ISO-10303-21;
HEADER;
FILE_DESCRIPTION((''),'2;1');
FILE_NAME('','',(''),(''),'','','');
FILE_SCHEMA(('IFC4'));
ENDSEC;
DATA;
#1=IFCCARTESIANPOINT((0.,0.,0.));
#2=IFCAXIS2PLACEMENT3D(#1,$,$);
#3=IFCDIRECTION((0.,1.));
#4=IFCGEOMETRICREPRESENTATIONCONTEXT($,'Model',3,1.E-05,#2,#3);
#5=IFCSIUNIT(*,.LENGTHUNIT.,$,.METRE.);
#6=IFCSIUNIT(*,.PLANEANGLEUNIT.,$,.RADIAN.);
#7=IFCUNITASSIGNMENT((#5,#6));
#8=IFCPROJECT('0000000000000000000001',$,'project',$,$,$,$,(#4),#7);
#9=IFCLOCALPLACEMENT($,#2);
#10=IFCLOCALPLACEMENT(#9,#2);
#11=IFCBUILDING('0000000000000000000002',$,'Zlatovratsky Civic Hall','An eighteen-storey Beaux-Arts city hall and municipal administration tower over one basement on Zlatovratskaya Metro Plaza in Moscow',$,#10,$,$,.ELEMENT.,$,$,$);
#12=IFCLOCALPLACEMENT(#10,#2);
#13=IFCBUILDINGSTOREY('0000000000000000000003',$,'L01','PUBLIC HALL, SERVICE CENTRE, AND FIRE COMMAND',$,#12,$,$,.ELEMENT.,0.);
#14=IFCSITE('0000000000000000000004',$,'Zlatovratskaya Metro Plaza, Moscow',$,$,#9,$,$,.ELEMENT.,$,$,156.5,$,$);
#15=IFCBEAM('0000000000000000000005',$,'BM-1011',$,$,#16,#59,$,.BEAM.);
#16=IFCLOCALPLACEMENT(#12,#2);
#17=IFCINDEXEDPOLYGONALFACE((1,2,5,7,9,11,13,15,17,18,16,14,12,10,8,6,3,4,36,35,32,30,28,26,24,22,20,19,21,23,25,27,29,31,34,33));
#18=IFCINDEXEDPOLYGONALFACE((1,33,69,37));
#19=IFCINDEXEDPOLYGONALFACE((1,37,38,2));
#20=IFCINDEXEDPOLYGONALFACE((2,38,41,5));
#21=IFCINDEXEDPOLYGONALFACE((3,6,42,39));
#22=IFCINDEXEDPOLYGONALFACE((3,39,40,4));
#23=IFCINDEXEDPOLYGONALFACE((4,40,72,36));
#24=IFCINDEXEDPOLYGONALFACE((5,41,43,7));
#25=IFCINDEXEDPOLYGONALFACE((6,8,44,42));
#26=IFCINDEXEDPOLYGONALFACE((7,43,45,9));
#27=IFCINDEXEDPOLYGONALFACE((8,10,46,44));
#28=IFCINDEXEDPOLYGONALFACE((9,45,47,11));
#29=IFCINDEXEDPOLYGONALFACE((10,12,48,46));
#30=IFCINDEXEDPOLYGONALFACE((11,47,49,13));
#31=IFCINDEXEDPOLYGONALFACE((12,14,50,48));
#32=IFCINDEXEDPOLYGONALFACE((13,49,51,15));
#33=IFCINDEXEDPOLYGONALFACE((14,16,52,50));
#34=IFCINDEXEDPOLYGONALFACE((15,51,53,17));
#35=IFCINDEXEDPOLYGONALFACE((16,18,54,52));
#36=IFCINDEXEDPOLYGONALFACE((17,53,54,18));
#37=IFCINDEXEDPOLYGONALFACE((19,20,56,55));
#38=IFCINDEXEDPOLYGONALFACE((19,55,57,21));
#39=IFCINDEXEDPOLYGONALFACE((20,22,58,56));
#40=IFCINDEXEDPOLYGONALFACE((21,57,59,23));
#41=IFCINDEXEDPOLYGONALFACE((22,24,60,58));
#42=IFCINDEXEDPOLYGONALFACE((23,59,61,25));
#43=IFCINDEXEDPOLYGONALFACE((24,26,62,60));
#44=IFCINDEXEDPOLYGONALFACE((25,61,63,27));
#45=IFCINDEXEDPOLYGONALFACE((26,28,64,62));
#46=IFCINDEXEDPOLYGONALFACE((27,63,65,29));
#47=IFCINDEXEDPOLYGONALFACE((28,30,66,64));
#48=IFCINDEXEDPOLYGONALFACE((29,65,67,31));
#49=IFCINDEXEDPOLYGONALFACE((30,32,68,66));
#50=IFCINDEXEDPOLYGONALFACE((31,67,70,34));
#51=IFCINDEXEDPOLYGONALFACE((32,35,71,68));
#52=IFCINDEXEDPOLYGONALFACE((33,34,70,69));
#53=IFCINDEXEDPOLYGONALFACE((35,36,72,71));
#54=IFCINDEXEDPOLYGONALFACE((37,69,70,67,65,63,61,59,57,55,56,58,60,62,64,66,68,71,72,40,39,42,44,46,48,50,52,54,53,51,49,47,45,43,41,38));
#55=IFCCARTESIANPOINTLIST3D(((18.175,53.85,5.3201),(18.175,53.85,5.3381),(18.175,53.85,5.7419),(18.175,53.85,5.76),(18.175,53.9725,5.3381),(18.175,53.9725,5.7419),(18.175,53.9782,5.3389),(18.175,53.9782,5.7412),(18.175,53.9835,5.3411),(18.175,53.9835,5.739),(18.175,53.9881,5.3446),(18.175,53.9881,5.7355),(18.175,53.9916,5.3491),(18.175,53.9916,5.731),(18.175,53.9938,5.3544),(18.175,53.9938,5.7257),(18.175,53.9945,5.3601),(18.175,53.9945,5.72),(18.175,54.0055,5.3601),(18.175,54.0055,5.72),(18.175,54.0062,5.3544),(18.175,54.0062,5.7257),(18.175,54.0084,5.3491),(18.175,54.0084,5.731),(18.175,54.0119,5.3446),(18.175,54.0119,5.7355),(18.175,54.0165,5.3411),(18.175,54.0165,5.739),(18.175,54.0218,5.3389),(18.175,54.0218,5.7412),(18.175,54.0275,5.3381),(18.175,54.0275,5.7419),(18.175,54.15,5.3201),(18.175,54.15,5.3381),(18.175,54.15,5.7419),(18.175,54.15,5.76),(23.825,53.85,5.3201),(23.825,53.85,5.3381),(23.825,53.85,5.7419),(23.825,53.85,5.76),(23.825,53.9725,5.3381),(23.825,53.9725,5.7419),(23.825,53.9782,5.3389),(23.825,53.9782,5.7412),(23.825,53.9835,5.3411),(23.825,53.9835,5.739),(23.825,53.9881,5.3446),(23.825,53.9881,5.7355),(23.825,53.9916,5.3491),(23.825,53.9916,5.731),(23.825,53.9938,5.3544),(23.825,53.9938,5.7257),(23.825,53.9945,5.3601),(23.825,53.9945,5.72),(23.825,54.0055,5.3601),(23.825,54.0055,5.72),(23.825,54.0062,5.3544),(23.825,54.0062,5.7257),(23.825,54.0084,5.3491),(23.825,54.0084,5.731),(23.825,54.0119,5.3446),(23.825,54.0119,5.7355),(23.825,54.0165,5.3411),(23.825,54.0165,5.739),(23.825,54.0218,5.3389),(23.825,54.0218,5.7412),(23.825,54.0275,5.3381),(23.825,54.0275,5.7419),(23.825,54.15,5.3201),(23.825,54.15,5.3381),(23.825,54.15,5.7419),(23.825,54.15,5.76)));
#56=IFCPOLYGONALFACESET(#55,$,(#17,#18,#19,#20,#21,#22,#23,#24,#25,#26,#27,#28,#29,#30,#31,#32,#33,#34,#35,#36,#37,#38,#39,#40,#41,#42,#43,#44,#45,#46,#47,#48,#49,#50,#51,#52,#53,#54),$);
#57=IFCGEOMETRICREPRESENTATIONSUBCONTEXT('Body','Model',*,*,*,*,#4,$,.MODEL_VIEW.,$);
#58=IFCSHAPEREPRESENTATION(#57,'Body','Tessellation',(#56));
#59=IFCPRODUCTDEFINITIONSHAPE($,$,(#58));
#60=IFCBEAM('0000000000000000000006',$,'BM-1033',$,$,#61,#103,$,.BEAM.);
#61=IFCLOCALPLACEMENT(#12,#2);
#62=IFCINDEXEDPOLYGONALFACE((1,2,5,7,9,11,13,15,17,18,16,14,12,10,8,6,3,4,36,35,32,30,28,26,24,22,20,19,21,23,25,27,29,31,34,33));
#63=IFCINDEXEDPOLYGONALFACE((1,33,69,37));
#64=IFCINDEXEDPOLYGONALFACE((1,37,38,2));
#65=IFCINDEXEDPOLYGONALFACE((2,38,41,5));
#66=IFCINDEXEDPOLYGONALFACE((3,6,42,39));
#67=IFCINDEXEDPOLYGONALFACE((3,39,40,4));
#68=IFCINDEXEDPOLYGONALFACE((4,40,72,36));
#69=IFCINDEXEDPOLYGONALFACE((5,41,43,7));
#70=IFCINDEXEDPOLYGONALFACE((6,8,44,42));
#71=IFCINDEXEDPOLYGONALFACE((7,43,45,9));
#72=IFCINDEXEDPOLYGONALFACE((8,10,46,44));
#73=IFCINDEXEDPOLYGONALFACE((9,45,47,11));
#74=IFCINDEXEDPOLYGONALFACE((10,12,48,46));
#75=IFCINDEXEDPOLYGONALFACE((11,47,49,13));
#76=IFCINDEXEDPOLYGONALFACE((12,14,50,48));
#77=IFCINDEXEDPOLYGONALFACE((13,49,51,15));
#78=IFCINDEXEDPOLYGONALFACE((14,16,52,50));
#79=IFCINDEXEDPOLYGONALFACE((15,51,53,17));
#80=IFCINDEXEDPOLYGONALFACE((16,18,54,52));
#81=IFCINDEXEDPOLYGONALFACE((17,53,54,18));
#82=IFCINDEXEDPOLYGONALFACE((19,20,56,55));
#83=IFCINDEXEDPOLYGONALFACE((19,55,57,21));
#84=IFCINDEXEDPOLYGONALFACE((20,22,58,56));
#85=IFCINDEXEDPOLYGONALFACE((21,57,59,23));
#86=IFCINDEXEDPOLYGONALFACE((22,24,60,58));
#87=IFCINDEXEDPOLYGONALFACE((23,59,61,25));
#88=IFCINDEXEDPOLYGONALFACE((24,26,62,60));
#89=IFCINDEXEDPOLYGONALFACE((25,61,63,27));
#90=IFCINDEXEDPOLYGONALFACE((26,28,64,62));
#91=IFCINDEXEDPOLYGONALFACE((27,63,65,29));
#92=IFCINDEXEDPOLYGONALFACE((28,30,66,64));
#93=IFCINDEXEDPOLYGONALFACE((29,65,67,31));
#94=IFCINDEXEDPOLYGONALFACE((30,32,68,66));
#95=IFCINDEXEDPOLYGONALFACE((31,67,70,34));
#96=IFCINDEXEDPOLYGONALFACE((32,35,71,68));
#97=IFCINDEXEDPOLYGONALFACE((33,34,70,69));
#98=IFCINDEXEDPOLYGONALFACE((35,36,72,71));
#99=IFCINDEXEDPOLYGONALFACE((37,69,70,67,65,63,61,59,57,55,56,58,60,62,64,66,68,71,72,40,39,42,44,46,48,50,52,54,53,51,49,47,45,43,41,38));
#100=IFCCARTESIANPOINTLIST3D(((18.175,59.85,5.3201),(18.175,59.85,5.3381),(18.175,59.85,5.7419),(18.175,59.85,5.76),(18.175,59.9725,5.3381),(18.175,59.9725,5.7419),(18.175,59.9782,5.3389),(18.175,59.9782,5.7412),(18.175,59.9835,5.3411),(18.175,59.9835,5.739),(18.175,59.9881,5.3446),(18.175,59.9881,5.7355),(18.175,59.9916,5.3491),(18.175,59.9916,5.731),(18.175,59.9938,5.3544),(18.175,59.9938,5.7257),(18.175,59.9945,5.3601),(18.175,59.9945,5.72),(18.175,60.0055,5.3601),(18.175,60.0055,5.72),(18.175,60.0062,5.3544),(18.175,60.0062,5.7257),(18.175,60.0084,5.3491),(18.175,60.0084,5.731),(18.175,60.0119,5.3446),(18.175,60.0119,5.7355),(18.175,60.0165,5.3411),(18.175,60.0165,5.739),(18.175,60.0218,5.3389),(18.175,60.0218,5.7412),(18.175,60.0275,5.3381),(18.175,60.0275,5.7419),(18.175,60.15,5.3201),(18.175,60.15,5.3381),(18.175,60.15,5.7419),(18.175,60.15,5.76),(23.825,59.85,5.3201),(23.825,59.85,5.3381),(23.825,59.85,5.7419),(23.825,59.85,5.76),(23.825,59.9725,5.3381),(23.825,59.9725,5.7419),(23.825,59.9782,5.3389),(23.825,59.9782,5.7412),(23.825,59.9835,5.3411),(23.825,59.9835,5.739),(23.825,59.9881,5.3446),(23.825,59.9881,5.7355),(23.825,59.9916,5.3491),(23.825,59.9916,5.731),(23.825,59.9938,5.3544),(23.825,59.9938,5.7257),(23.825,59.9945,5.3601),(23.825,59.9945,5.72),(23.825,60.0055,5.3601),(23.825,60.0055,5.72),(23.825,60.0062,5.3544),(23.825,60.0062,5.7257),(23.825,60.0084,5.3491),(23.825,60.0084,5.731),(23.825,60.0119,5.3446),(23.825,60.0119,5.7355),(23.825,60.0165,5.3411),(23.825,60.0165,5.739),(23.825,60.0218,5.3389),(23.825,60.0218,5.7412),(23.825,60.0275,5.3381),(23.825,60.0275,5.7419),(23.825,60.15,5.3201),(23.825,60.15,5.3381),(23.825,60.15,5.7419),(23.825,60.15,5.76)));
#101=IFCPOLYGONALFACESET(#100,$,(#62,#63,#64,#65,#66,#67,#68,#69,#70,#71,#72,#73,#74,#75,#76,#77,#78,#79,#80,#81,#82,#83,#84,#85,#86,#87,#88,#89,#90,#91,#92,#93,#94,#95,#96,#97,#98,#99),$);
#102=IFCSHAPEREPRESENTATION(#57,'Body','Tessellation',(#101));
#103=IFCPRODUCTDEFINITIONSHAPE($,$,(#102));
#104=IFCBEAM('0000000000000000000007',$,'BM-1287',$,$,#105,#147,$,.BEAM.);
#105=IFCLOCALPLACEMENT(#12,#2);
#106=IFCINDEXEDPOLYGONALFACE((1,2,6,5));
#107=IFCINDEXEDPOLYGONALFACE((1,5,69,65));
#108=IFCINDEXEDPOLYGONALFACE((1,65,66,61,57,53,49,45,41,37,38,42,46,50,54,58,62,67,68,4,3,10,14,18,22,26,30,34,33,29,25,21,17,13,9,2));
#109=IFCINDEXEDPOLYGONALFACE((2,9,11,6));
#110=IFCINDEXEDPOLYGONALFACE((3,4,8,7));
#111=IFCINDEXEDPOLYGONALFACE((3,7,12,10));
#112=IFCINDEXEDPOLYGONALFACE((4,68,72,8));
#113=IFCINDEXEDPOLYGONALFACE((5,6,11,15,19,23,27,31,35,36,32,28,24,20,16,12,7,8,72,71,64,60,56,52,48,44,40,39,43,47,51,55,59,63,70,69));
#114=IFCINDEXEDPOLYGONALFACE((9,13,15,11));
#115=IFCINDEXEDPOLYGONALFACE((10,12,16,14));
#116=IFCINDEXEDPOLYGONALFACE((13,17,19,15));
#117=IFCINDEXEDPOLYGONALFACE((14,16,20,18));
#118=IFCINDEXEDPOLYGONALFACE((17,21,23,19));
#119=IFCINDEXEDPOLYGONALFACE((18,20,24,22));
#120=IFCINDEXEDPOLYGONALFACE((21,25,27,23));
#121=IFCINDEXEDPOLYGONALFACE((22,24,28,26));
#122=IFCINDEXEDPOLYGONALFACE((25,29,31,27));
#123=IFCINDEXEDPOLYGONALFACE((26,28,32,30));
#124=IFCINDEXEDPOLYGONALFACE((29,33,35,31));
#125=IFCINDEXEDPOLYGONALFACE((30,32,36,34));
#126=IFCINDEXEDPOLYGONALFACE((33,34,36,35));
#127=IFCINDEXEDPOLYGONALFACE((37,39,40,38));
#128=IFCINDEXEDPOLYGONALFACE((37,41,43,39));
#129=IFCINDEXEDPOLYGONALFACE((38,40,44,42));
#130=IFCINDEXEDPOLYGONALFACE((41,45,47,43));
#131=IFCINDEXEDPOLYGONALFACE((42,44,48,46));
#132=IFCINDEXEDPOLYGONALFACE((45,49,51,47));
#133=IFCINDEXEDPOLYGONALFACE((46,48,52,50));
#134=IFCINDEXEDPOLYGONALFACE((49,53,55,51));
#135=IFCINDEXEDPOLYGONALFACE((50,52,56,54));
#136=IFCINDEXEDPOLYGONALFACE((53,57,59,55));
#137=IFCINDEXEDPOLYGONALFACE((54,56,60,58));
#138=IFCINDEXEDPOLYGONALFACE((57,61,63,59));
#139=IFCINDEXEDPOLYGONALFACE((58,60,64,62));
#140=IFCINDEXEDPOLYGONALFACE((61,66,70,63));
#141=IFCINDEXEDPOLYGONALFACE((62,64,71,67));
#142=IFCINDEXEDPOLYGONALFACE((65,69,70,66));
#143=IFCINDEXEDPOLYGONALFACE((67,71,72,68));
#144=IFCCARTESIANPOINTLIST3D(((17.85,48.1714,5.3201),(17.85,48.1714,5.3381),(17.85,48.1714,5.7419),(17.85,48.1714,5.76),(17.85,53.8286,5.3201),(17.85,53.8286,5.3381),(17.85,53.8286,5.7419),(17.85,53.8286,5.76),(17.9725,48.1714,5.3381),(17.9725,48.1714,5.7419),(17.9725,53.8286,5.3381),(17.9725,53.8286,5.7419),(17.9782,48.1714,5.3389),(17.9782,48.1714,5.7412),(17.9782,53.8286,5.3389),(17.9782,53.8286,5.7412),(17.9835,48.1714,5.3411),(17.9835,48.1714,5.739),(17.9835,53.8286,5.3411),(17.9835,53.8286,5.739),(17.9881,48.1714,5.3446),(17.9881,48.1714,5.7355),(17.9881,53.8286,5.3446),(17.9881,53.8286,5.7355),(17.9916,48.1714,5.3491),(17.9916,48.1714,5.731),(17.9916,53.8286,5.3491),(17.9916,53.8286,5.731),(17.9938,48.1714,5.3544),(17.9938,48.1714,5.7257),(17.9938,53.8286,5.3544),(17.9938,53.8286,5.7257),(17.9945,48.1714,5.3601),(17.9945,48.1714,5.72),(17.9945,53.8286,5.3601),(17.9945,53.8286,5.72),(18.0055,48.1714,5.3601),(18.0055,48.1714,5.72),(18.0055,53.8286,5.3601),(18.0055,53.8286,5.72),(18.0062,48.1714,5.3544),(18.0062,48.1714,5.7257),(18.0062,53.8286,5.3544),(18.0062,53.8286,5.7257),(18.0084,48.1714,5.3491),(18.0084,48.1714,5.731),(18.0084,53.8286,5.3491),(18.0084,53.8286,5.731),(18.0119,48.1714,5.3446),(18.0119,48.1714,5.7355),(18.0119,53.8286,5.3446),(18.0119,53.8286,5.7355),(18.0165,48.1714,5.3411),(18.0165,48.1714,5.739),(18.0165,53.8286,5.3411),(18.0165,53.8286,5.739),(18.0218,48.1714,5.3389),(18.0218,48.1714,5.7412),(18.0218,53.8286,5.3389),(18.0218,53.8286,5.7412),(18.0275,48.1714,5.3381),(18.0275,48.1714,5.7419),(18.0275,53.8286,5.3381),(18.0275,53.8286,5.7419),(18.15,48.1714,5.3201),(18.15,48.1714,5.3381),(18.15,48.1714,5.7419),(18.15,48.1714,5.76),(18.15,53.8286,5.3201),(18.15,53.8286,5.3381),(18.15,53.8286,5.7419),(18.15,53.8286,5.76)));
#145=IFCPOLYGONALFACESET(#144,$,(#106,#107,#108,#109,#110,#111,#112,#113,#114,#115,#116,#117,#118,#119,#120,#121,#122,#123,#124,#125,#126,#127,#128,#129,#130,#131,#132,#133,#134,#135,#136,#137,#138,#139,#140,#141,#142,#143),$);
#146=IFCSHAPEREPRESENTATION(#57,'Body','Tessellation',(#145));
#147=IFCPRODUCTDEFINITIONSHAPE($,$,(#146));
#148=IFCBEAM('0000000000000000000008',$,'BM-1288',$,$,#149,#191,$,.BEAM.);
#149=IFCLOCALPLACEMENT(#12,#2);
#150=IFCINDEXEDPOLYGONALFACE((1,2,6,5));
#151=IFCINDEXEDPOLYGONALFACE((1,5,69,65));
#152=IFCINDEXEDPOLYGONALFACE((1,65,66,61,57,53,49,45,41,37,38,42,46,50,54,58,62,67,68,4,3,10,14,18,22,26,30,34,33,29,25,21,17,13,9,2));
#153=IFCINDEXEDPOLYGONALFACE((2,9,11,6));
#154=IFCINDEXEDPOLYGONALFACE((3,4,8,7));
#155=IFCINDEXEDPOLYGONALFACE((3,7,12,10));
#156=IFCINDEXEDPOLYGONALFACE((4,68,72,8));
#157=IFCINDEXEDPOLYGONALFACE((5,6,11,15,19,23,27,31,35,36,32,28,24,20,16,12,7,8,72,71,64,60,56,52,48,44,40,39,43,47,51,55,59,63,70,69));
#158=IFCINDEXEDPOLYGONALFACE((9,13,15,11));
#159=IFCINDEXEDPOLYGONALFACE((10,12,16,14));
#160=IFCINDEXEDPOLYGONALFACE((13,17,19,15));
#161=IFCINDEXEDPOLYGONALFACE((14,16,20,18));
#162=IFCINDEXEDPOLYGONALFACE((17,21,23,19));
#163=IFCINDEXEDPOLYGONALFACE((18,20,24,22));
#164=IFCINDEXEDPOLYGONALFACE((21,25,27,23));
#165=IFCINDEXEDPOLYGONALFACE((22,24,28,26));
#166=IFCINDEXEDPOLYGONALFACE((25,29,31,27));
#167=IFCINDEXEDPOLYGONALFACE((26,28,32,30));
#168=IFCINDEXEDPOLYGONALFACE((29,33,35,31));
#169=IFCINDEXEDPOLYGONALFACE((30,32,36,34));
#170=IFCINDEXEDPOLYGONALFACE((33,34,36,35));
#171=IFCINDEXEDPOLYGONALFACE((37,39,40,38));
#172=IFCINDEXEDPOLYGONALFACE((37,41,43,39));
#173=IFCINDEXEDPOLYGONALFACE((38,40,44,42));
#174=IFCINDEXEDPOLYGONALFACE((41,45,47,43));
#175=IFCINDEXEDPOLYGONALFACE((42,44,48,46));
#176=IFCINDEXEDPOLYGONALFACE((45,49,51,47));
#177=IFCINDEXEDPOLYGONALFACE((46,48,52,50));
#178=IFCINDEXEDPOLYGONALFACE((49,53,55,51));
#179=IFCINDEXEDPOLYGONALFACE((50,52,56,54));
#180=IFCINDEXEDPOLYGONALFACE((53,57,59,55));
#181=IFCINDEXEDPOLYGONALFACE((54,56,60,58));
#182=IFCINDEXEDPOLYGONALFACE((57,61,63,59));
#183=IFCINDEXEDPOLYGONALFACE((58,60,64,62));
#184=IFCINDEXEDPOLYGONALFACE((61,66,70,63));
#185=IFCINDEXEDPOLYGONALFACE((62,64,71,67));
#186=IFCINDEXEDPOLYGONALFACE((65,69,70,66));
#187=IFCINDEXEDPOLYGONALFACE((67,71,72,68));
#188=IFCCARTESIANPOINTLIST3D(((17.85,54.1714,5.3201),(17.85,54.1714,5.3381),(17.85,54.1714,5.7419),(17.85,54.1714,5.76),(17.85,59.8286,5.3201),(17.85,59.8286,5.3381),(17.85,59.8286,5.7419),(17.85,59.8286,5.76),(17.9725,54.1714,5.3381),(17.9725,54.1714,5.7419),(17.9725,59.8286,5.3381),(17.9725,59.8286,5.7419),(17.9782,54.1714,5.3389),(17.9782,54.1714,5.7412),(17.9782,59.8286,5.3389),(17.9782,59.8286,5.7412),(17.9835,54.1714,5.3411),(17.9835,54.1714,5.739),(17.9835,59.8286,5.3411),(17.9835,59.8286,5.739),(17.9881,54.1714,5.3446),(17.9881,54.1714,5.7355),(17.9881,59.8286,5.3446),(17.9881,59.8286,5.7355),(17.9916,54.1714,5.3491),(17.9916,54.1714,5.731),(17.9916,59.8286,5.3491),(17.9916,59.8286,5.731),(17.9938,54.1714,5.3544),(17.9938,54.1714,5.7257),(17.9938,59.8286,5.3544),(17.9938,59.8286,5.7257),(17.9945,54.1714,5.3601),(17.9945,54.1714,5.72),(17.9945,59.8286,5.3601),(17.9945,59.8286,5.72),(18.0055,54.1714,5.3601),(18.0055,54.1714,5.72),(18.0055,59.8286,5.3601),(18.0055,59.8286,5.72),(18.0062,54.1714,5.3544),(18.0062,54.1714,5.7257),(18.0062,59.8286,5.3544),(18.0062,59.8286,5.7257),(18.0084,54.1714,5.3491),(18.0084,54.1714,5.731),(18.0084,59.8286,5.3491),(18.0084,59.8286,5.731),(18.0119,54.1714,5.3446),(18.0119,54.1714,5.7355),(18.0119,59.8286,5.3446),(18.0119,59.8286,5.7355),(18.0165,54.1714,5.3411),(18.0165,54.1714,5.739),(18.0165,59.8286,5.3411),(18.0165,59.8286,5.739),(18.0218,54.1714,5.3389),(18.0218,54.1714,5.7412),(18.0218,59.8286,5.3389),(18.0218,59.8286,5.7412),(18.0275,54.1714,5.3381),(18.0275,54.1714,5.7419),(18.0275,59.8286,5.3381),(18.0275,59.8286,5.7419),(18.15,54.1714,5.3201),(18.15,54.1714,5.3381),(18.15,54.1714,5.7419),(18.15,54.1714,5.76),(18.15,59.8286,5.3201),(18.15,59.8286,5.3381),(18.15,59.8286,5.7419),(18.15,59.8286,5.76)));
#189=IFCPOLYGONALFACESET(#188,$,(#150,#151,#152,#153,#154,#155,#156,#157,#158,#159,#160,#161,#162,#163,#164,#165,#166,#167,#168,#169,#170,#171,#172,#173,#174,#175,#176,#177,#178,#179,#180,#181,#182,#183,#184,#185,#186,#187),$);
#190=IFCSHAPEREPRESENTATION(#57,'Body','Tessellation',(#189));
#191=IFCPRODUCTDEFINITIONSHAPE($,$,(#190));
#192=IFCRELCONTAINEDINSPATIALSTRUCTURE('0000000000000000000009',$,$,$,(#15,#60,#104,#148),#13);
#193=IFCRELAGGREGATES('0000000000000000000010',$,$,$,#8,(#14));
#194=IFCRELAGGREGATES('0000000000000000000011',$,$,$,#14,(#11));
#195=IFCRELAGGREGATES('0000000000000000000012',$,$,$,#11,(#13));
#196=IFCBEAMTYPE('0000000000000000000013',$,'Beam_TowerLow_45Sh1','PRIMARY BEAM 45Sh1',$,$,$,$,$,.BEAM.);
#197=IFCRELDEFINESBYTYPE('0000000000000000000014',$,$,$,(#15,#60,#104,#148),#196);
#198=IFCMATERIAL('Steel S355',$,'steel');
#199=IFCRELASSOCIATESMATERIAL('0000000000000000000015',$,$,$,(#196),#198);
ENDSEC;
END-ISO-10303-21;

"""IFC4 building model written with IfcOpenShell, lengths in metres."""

from ifc_helpers import new_model, si_unit, direction, frame, origin, origin_2d, place, context, subcontext, project, spatial, i_section, extrude, material, material_profile, profile_set, type_object, element, save


model = new_model("IFC4")

# Units and contexts
model_context = context("Model", 3, precision=1e-05, world=origin(), true_north=direction((0.0, 1.0)))
body_context = subcontext(model_context, "Body", "Model", "MODEL_VIEW")
ifc_project = project(units=[si_unit("LENGTHUNIT", "METRE"), si_unit("PLANEANGLEUNIT", "RADIAN")], contexts=[model_context])

# Site, building, storey
site_placement = place(None, origin())
site = spatial("IfcSite", under=ifc_project, at=site_placement, Name="Zlatovratskaya Metro Plaza, Moscow", CompositionType="ELEMENT", RefElevation=156.5)
building_placement = place(site_placement, origin())
building = spatial("IfcBuilding", under=site, at=building_placement, Name="Zlatovratsky Civic Hall", Description="An eighteen-storey Beaux-Arts city hall and municipal administration tower over one basement on Zlatovratskaya Metro Plaza in Moscow", CompositionType="ELEMENT")
storey_placement = place(building_placement, origin())
storey = spatial("IfcBuildingStorey", under=building, at=storey_placement, Name="L01", Description="PUBLIC HALL, SERVICE CENTRE, AND FIRE COMMAND", CompositionType="ELEMENT", Elevation=0.0)

# Shared definitions
ifc_material = material(Name="Steel S355", Category="steel")

# Beams
ifc_material_profile_1 = material_profile(ifc_material, i_section(OverallWidth=0.3, OverallDepth=0.4399, WebThickness=0.011, FlangeThickness=0.0181, FilletRadius=0.022, at=origin_2d()), Name="45Sh1")
ifc_profile_set_1 = profile_set([ifc_material_profile_1], Name="Steel S355")
beam_type_1 = type_object("IfcBeamType", Name="Beam_TowerLow_45Sh1", Description="PRIMARY BEAM 45Sh1", PredefinedType="BEAM", material=ifc_profile_set_1)
for number, where, z_axis, x_axis, name in (
    (1, (18.175, 54.0, 5.54), (1.0, 0.0, 0.0), (0.0, 1.0, 0.0), "BM-1011"),
    (2, (18.175, 60.0, 5.54), (1.0, 0.0, 0.0), (0.0, 1.0, 0.0), "BM-1033"),
):
    element("IfcBeam", number, at=place(storey_placement, frame(where, z_axis=z_axis, x_axis=x_axis)), inside=storey, type_object=beam_type_1, Name=name, PredefinedType="BEAM", context=body_context, shape_type="SweptSolid", body=[
        extrude(i_section(OverallWidth=0.3, OverallDepth=0.4399, WebThickness=0.011, FlangeThickness=0.0181, FilletRadius=0.022, at=origin_2d()), origin(), (0.0, 0.0, 1.0), 5.6499),
    ])
for number, where, z_axis, x_axis, name in (
    (3, (18.0, 48.1714, 5.54), (0.0, 1.0, 0.0), (-1.0, 0.0, 0.0), "BM-1287"),
    (4, (18.0, 54.1714, 5.54), (0.0, 1.0, 0.0), (-1.0, 0.0, 0.0), "BM-1288"),
):
    element("IfcBeam", number, at=place(storey_placement, frame(where, z_axis=z_axis, x_axis=x_axis)), inside=storey, type_object=beam_type_1, Name=name, PredefinedType="BEAM", context=body_context, shape_type="SweptSolid", body=[
        extrude(i_section(OverallWidth=0.3, OverallDepth=0.4399, WebThickness=0.011, FlangeThickness=0.0181, FilletRadius=0.022, at=origin_2d()), origin(), (0.0, 0.0, 1.0), 5.6572),
    ])

save(model, "model.ifc")
